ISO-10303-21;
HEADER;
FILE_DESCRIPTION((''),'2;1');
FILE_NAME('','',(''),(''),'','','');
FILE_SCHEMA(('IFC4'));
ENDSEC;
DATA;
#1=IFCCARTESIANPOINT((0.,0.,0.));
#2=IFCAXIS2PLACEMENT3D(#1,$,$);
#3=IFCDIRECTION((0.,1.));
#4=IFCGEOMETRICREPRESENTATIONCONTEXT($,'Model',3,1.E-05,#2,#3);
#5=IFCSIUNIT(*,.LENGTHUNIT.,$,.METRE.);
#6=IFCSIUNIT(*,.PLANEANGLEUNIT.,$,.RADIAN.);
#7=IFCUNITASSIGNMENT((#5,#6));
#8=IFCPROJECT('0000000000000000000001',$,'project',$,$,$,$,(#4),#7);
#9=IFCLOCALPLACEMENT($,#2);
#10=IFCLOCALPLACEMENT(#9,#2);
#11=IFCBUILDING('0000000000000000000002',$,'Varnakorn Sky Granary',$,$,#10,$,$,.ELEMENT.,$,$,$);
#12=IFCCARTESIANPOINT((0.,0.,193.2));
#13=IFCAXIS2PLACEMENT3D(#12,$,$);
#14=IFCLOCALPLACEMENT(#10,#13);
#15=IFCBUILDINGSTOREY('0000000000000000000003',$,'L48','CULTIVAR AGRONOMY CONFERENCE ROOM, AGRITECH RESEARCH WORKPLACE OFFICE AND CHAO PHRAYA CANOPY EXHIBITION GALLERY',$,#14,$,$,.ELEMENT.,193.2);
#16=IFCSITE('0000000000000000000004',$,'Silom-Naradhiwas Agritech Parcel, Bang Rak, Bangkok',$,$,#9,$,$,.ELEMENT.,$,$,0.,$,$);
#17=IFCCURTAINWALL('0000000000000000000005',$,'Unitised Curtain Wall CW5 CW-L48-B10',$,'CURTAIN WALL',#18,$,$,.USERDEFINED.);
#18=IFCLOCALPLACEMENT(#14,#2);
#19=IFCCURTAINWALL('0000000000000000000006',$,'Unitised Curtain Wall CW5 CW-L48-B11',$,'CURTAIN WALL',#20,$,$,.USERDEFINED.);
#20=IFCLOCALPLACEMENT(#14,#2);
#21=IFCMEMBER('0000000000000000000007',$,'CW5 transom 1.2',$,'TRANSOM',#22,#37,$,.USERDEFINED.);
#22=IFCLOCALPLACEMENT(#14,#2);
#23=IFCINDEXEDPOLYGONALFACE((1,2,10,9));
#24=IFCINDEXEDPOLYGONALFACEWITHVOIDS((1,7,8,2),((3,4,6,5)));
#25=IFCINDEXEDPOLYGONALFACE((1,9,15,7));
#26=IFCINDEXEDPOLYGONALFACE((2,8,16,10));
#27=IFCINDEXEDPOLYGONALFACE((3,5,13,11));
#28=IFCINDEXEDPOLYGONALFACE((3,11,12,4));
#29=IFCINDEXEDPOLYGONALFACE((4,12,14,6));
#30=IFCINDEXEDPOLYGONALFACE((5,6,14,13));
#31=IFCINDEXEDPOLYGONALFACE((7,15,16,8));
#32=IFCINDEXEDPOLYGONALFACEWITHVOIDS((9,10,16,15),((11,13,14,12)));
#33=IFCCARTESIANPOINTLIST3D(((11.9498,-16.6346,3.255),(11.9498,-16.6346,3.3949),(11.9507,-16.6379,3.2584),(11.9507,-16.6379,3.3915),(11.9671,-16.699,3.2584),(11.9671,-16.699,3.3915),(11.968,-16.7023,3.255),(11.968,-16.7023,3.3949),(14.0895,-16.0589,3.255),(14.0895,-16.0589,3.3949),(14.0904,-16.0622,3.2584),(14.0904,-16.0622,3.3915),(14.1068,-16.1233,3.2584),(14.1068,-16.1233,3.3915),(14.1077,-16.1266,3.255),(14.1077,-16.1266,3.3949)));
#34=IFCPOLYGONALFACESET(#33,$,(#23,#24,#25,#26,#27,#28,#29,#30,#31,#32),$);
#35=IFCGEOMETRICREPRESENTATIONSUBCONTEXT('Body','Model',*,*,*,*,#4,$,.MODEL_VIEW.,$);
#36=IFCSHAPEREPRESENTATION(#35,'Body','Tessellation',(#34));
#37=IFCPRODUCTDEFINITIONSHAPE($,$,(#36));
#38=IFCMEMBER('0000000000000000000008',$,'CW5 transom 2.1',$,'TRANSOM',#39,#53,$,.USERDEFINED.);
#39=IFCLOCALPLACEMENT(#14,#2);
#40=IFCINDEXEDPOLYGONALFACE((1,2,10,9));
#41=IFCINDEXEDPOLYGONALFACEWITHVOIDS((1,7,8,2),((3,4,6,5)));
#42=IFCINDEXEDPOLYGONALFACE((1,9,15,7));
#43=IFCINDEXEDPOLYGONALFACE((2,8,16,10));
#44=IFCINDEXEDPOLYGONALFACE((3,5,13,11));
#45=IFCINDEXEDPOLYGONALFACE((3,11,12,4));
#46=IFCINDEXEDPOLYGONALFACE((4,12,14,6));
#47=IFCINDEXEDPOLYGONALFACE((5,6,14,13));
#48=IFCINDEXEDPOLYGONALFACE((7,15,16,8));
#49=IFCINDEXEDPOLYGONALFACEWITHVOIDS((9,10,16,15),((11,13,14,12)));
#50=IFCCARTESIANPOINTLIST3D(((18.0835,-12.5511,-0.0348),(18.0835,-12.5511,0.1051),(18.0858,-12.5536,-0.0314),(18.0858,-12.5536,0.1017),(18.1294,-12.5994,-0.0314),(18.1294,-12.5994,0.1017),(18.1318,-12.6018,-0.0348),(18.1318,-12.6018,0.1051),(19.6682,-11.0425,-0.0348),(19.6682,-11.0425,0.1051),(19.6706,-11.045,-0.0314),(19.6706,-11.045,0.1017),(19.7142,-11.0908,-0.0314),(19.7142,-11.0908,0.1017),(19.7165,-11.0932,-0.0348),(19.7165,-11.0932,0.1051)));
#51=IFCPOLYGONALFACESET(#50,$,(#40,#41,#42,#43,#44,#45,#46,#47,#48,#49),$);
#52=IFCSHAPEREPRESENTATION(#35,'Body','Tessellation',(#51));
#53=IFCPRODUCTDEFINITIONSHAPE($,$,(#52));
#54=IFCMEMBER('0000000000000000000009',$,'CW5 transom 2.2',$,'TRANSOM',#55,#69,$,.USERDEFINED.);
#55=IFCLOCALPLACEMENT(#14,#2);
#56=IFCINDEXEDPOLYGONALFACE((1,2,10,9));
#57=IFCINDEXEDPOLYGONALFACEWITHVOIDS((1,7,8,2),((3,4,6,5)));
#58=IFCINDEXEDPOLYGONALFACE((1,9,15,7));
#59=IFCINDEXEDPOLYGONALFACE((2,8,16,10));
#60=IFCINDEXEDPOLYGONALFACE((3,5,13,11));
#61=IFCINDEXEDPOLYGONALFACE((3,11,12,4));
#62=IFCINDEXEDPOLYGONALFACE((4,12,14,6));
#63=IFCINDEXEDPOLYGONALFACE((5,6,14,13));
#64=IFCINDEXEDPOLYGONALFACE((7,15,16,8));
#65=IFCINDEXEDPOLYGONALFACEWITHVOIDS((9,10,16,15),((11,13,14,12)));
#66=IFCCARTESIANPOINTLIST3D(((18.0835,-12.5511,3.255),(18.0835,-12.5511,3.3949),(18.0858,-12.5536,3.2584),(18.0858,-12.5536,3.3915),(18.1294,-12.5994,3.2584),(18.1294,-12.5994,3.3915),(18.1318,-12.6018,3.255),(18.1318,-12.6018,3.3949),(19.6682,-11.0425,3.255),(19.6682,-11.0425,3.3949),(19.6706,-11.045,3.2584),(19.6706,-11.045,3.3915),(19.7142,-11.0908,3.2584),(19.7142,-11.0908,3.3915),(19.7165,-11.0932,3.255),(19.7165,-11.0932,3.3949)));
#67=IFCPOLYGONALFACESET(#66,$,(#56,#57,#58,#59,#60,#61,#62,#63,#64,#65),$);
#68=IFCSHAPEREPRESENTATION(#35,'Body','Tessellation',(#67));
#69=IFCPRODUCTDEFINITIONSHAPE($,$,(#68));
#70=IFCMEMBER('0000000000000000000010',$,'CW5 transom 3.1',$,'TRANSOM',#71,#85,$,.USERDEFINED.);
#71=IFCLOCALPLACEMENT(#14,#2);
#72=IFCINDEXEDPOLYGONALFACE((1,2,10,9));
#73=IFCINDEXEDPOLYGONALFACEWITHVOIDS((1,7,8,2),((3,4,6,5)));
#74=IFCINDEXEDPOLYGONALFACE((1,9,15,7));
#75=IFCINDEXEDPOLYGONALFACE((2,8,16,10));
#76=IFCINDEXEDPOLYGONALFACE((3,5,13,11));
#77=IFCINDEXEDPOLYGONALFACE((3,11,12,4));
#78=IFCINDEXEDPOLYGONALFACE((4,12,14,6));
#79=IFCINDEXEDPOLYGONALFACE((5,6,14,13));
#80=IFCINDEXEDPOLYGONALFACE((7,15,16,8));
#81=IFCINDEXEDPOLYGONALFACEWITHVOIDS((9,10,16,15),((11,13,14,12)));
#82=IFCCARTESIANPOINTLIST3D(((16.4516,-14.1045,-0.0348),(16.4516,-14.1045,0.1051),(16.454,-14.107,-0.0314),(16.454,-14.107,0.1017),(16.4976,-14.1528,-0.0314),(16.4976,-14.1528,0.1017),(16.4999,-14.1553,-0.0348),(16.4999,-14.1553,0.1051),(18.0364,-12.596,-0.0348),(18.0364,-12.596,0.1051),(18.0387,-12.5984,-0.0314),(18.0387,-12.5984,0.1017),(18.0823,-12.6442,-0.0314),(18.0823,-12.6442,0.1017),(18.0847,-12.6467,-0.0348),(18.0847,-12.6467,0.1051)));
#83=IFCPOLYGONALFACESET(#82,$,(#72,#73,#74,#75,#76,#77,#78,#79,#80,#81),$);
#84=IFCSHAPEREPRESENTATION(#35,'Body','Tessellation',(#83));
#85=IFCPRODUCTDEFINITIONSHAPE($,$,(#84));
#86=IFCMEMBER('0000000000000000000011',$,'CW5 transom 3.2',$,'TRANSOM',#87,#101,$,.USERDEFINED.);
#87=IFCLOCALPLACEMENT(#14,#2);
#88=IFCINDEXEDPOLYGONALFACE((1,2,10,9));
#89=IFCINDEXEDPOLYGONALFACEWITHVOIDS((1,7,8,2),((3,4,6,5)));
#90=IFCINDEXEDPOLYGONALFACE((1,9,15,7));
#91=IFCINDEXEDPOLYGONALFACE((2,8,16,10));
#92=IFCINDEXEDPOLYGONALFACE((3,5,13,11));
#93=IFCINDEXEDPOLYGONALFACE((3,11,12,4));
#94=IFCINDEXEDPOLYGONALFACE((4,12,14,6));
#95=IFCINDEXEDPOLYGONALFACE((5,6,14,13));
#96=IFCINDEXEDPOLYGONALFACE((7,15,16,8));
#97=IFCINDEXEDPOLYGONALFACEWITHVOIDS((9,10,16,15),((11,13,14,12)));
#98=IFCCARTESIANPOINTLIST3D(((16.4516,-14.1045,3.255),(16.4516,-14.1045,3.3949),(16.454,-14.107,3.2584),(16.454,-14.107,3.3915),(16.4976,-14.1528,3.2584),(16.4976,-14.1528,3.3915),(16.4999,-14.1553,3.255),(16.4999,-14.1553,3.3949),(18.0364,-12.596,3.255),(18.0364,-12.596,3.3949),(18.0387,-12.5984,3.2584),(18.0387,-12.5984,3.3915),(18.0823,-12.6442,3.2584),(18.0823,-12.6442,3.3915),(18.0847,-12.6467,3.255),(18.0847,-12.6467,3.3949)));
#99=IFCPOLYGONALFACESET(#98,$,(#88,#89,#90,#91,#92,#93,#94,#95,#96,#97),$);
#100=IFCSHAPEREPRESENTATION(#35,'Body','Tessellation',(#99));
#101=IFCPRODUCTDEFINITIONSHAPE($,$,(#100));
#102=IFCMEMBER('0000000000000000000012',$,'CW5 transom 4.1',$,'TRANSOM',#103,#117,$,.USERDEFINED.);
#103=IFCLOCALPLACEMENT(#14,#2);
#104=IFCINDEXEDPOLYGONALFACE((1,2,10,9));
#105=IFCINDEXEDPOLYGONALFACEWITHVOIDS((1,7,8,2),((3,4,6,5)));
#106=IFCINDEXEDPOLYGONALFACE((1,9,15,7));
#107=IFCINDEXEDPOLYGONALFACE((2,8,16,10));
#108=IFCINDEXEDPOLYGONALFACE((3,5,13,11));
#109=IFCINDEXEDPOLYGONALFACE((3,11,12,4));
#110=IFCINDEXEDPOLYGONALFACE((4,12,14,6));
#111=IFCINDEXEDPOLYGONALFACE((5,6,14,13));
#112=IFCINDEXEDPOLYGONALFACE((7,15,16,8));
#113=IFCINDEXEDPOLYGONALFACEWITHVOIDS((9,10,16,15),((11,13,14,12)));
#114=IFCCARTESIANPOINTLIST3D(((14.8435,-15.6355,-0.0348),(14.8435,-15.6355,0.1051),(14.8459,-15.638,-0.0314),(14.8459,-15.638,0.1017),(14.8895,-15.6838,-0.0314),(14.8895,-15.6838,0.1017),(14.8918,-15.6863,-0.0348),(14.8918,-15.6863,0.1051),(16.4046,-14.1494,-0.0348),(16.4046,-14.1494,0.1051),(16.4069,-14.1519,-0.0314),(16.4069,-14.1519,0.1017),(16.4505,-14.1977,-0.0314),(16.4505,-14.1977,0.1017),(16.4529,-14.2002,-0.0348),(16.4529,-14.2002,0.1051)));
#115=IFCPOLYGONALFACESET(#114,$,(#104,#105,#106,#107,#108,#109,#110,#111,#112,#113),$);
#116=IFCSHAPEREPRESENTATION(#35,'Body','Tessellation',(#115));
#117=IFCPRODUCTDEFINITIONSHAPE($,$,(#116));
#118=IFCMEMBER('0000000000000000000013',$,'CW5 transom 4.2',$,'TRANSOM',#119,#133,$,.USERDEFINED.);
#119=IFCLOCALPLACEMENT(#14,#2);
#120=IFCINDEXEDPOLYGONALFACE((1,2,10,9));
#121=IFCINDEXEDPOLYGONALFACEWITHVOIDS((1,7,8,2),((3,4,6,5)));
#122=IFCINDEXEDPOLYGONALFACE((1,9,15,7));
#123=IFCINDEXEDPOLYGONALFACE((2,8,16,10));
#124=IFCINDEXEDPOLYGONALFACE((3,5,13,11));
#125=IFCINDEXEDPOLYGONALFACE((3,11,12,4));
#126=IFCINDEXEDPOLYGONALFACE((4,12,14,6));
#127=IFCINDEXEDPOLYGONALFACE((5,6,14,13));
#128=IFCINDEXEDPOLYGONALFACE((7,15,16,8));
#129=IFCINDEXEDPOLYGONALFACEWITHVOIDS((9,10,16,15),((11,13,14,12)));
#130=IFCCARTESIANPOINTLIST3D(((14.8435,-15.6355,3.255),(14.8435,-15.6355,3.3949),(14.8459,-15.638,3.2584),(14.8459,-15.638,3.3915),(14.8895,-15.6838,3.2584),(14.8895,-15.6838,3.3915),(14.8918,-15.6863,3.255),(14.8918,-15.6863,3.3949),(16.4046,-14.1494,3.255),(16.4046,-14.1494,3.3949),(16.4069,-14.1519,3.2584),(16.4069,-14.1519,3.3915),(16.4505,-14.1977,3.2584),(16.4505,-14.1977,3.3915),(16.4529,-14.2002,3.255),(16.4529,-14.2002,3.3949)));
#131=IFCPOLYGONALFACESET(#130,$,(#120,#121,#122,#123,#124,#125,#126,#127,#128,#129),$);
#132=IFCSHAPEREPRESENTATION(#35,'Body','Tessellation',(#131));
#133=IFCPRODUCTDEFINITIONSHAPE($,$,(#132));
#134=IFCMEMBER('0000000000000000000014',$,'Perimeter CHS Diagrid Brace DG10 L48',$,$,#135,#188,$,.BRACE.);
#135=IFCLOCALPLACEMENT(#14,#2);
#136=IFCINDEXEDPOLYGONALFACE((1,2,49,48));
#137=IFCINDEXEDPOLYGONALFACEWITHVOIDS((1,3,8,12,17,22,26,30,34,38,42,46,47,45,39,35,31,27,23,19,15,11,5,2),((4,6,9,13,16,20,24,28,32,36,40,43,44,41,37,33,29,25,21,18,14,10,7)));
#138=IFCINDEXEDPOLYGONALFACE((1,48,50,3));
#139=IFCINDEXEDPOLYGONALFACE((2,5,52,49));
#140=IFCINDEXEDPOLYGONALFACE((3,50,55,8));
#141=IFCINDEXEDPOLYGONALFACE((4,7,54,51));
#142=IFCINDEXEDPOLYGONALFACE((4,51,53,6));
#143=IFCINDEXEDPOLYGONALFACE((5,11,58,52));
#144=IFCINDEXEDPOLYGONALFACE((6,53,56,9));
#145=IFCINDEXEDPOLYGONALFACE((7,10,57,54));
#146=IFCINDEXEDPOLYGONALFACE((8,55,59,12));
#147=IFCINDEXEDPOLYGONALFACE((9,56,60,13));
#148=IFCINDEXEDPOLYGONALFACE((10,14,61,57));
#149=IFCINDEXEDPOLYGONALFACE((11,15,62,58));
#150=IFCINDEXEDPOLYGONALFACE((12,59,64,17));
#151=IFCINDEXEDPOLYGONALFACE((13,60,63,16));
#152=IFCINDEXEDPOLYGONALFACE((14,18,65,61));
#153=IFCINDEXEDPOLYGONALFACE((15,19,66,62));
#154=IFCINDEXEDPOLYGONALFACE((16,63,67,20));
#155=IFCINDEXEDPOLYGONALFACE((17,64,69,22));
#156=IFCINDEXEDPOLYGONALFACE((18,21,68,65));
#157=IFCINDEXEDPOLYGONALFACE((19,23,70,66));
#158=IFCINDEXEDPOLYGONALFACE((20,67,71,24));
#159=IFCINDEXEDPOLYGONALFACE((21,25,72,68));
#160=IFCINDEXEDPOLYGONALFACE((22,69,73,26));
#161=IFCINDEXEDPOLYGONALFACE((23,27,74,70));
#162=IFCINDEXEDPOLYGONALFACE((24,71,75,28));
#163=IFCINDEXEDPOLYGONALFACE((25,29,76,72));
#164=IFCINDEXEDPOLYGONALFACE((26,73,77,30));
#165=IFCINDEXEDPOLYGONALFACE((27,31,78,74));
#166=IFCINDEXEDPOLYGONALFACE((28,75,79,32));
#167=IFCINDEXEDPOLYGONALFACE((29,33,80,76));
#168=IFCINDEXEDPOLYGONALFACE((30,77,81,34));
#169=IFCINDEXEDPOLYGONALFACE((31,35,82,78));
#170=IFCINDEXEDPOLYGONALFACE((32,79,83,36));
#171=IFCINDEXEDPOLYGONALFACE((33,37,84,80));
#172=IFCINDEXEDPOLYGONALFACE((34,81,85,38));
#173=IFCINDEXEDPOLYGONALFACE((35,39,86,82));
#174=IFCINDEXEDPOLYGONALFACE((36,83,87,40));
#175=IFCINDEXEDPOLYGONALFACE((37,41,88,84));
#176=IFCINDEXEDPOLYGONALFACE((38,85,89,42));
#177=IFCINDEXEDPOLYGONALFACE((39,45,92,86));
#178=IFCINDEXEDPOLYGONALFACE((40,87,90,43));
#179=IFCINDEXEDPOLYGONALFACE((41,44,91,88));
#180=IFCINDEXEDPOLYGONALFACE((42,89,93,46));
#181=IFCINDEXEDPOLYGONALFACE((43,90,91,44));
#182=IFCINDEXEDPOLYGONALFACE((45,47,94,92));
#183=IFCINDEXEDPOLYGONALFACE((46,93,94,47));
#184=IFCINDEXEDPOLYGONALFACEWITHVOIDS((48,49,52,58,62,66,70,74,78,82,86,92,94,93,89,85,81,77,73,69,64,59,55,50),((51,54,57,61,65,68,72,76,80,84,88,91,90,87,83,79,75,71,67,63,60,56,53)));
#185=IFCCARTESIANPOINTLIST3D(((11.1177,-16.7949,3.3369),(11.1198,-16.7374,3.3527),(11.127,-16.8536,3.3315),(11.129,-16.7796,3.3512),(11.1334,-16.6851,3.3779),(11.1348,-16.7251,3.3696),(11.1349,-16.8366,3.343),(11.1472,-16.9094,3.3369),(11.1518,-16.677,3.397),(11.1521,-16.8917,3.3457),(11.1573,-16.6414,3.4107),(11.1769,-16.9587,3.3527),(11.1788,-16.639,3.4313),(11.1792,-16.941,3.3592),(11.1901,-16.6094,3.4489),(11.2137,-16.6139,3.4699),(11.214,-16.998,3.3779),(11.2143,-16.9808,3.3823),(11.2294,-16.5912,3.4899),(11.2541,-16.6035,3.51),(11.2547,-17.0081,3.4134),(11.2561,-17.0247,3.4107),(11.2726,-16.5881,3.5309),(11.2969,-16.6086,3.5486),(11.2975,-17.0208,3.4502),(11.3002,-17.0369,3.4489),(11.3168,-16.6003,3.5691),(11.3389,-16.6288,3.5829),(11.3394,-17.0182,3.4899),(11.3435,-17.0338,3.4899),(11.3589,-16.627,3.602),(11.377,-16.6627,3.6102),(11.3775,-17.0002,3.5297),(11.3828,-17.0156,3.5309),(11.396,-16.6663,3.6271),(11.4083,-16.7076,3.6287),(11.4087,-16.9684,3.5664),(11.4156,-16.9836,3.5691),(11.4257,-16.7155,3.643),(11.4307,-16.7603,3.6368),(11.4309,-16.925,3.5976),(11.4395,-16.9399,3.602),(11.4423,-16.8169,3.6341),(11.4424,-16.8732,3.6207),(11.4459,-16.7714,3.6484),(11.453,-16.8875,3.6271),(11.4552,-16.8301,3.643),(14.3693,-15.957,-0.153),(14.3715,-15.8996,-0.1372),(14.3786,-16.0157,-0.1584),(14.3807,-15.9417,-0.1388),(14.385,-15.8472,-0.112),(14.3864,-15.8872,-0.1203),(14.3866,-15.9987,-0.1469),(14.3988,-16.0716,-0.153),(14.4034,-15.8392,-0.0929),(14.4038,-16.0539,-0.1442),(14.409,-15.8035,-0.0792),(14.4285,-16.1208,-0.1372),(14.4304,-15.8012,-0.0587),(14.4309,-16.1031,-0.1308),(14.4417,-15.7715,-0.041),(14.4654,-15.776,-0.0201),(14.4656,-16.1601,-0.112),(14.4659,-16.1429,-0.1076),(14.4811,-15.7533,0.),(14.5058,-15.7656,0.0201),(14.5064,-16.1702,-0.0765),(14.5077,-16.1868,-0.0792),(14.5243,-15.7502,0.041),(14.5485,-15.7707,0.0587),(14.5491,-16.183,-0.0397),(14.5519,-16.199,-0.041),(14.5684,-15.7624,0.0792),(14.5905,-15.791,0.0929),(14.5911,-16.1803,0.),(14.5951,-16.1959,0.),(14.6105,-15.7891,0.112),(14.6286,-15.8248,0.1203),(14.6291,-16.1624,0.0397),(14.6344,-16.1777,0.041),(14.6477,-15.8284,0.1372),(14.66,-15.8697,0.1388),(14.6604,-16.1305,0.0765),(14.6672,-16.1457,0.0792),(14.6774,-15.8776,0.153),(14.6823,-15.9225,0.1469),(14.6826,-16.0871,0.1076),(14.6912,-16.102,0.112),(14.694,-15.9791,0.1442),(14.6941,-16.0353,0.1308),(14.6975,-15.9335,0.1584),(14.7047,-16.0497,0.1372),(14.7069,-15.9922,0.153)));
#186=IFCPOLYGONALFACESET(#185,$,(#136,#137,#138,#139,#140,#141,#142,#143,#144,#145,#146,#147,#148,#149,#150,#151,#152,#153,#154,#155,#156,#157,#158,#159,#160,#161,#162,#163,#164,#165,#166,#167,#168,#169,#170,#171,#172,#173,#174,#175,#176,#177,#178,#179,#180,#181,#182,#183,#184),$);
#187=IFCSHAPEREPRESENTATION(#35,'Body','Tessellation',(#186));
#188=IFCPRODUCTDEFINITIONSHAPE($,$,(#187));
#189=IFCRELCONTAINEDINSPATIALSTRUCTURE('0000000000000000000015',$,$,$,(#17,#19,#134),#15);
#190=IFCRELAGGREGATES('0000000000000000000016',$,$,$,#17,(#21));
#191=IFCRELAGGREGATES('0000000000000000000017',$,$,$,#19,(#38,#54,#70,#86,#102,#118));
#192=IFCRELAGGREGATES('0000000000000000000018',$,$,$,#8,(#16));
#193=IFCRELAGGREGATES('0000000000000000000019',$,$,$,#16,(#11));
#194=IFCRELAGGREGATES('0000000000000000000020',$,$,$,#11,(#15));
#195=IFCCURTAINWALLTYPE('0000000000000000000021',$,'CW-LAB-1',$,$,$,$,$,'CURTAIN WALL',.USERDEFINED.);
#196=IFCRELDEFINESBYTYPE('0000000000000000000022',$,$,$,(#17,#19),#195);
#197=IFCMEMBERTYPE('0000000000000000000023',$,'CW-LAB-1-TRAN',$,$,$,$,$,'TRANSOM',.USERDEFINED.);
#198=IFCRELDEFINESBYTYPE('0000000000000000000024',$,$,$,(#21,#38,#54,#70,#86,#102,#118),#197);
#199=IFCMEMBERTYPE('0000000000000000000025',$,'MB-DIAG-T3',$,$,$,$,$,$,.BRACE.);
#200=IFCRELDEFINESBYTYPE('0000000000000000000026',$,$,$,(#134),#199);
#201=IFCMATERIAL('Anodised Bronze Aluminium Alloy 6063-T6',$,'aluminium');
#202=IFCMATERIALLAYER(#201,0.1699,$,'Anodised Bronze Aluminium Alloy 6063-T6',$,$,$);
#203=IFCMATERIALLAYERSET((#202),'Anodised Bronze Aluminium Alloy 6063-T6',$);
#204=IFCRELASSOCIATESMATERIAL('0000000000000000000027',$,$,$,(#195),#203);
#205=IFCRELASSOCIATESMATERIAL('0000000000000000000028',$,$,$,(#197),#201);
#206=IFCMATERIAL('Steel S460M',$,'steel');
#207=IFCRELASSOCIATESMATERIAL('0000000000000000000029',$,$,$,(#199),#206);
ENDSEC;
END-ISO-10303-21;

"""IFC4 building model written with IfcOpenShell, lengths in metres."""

from ifc_helpers import new_model, si_unit, direction, frame, origin, origin_2d, place, context, subcontext, project, spatial, hollow_rectangle, hollow_circle, extrude, material, layer, layer_set, material_profile, profile_set, type_object, element, aggregate, save


model = new_model("IFC4")

# Units and contexts
model_context = context("Model", 3, precision=1e-05, world=origin(), true_north=direction((0.0, 1.0)))
body_context = subcontext(model_context, "Body", "Model", "MODEL_VIEW")
ifc_project = project(units=[si_unit("LENGTHUNIT", "METRE"), si_unit("PLANEANGLEUNIT", "RADIAN")], contexts=[model_context])

# Site, building, storey
site_placement = place(None, origin())
site = spatial("IfcSite", under=ifc_project, at=site_placement, Name="Silom-Naradhiwas Agritech Parcel, Bang Rak, Bangkok", CompositionType="ELEMENT", RefElevation=0.0)
building_placement = place(site_placement, origin())
building = spatial("IfcBuilding", under=site, at=building_placement, Name="Varnakorn Sky Granary", CompositionType="ELEMENT")
storey_placement = place(building_placement, frame((0.0, 0.0, 193.2)))
storey = spatial("IfcBuildingStorey", under=building, at=storey_placement, Name="L48", Description="CULTIVAR AGRONOMY CONFERENCE ROOM, AGRITECH RESEARCH WORKPLACE OFFICE AND CHAO PHRAYA CANOPY EXHIBITION GALLERY", CompositionType="ELEMENT", Elevation=193.2)

# Shared definitions
ifc_material_1 = material(Name="Steel S460M", Category="steel")

# Curtain wall
ifc_material_2 = material(Name="Anodised Bronze Aluminium Alloy 6063-T6", Category="aluminium")
ifc_layer_1 = layer(ifc_material_2, 0.1699, Name="Anodised Bronze Aluminium Alloy 6063-T6")
ifc_layer_set_1 = layer_set([ifc_layer_1], Name="Anodised Bronze Aluminium Alloy 6063-T6")
curtain_wall_type = type_object("IfcCurtainWallType", Name="CW-LAB-1", ElementType="CURTAIN WALL", PredefinedType="USERDEFINED", material=ifc_layer_set_1)
curtain_wall_1_placement = place(storey_placement, origin())
curtain_wall_1 = element("IfcCurtainWall", 1, at=curtain_wall_1_placement, inside=storey, type_object=curtain_wall_type, Name="Unitised Curtain Wall CW5 CW-L48-B10", ObjectType="CURTAIN WALL", PredefinedType="USERDEFINED")

# Curtain wall
curtain_wall_2_placement = place(storey_placement, origin())
curtain_wall_2 = element("IfcCurtainWall", 2, at=curtain_wall_2_placement, inside=storey, type_object=curtain_wall_type, Name="Unitised Curtain Wall CW5 CW-L48-B11", ObjectType="CURTAIN WALL", PredefinedType="USERDEFINED")

# Members
ifc_material_profile_1 = material_profile(ifc_material_2, hollow_rectangle(XDim=0.0701, YDim=0.1399, WallThickness=0.0034, at=origin_2d()), Name="ALU TRAN 70x140")
ifc_profile_set_1 = profile_set([ifc_material_profile_1], Name="Anodised Bronze Aluminium Alloy 6063-T6")
member_type_1 = type_object("IfcMemberType", Name="CW-LAB-1-TRAN", ElementType="TRANSOM", PredefinedType="USERDEFINED", material=ifc_profile_set_1)
member_1_placement = place(storey_placement, frame((14.0986, -16.0928, 3.325), z_axis=(-0.965658, -0.259815, 0.0), x_axis=(0.259815, -0.965658, 0.0)))
member_1 = element("IfcMember", 3, at=member_1_placement, type_object=member_type_1, Name="CW5 transom 1.2", ObjectType="TRANSOM", PredefinedType="USERDEFINED", context=body_context, shape_type="SweptSolid", body=[
    extrude(hollow_rectangle(XDim=0.0701, YDim=0.1399, WallThickness=0.0034, at=origin_2d()), origin(), (0.0, 0.0, 1.0), 2.2158),
])
aggregate(curtain_wall_1, [member_1])
member_2_placement = place(storey_placement, frame((19.6924, -11.0679, 0.0352), z_axis=(-0.7243, -0.689485, 0.0), x_axis=(0.689485, -0.7243, 0.0)))
member_2 = element("IfcMember", 4, at=member_2_placement, type_object=member_type_1, Name="CW5 transom 2.1", ObjectType="TRANSOM", PredefinedType="USERDEFINED", context=body_context, shape_type="SweptSolid", body=[
    extrude(hollow_rectangle(XDim=0.0701, YDim=0.1399, WallThickness=0.0034, at=origin_2d()), origin(), (0.0, 0.0, 1.0), 2.188),
])
member_3_placement = place(storey_placement, frame((19.6924, -11.0679, 3.325), z_axis=(-0.7243, -0.689485, 0.0), x_axis=(0.689485, -0.7243, 0.0)))
member_3 = element("IfcMember", 5, at=member_3_placement, type_object=member_type_1, Name="CW5 transom 2.2", ObjectType="TRANSOM", PredefinedType="USERDEFINED", context=body_context, shape_type="SweptSolid", body=[
    extrude(hollow_rectangle(XDim=0.0701, YDim=0.1399, WallThickness=0.0034, at=origin_2d()), origin(), (0.0, 0.0, 1.0), 2.188),
])
member_4_placement = place(storey_placement, frame((18.0605, -12.6213, 0.0352), z_axis=(-0.7243, -0.689485, 0.0), x_axis=(0.689485, -0.7243, 0.0)))
member_4 = element("IfcMember", 6, at=member_4_placement, type_object=member_type_1, Name="CW5 transom 3.1", ObjectType="TRANSOM", PredefinedType="USERDEFINED", context=body_context, shape_type="SweptSolid", body=[
    extrude(hollow_rectangle(XDim=0.0701, YDim=0.1399, WallThickness=0.0034, at=origin_2d()), origin(), (0.0, 0.0, 1.0), 2.188),
])
member_5_placement = place(storey_placement, frame((18.0605, -12.6213, 3.325), z_axis=(-0.7243, -0.689485, 0.0), x_axis=(0.689485, -0.7243, 0.0)))
member_5 = element("IfcMember", 7, at=member_5_placement, type_object=member_type_1, Name="CW5 transom 3.2", ObjectType="TRANSOM", PredefinedType="USERDEFINED", context=body_context, shape_type="SweptSolid", body=[
    extrude(hollow_rectangle(XDim=0.0701, YDim=0.1399, WallThickness=0.0034, at=origin_2d()), origin(), (0.0, 0.0, 1.0), 2.188),
])
member_6_placement = place(storey_placement, frame((16.4287, -14.1748, 0.0352), z_axis=(-0.724281, -0.689505, 0.0), x_axis=(0.689505, -0.724281, 0.0)))
member_6 = element("IfcMember", 8, at=member_6_placement, type_object=member_type_1, Name="CW5 transom 4.1", ObjectType="TRANSOM", PredefinedType="USERDEFINED", context=body_context, shape_type="SweptSolid", body=[
    extrude(hollow_rectangle(XDim=0.0701, YDim=0.1399, WallThickness=0.0034, at=origin_2d()), origin(), (0.0, 0.0, 1.0), 2.1553),
])
member_7_placement = place(storey_placement, frame((16.4287, -14.1748, 3.325), z_axis=(-0.724281, -0.689505, 0.0), x_axis=(0.689505, -0.724281, 0.0)))
member_7 = element("IfcMember", 9, at=member_7_placement, type_object=member_type_1, Name="CW5 transom 4.2", ObjectType="TRANSOM", PredefinedType="USERDEFINED", context=body_context, shape_type="SweptSolid", body=[
    extrude(hollow_rectangle(XDim=0.0701, YDim=0.1399, WallThickness=0.0034, at=origin_2d()), origin(), (0.0, 0.0, 1.0), 2.1553),
])

# Member
ifc_material_profile_2 = material_profile(ifc_material_1, hollow_circle(Radius=0.2285, WallThickness=0.0161, at=origin_2d()), Name="CHS 457x16")
ifc_profile_set_2 = profile_set([ifc_material_profile_2], Name="Steel S460M")
member_type_2 = type_object("IfcMemberType", Name="MB-DIAG-T3", PredefinedType="BRACE", material=ifc_profile_set_2)
member_8_placement = place(storey_placement, frame((14.5381, -15.9746, 0.0), z_axis=(-0.671409, -0.173007, 0.720609), x_axis=(0.249526, -0.968368, 0.0)))
element("IfcMember", 10, at=member_8_placement, inside=storey, type_object=member_type_2, Name="Perimeter CHS Diagrid Brace DG10 L48", PredefinedType="BRACE", context=body_context, shape_type="SweptSolid", body=[
    extrude(hollow_circle(Radius=0.2285, WallThickness=0.0161, at=origin_2d()), origin(), (0.0, 0.0, 1.0), 4.843),
])

aggregate(curtain_wall_2, [member_2, member_3, member_4, member_5, member_6, member_7])

save(model, "model.ifc")
